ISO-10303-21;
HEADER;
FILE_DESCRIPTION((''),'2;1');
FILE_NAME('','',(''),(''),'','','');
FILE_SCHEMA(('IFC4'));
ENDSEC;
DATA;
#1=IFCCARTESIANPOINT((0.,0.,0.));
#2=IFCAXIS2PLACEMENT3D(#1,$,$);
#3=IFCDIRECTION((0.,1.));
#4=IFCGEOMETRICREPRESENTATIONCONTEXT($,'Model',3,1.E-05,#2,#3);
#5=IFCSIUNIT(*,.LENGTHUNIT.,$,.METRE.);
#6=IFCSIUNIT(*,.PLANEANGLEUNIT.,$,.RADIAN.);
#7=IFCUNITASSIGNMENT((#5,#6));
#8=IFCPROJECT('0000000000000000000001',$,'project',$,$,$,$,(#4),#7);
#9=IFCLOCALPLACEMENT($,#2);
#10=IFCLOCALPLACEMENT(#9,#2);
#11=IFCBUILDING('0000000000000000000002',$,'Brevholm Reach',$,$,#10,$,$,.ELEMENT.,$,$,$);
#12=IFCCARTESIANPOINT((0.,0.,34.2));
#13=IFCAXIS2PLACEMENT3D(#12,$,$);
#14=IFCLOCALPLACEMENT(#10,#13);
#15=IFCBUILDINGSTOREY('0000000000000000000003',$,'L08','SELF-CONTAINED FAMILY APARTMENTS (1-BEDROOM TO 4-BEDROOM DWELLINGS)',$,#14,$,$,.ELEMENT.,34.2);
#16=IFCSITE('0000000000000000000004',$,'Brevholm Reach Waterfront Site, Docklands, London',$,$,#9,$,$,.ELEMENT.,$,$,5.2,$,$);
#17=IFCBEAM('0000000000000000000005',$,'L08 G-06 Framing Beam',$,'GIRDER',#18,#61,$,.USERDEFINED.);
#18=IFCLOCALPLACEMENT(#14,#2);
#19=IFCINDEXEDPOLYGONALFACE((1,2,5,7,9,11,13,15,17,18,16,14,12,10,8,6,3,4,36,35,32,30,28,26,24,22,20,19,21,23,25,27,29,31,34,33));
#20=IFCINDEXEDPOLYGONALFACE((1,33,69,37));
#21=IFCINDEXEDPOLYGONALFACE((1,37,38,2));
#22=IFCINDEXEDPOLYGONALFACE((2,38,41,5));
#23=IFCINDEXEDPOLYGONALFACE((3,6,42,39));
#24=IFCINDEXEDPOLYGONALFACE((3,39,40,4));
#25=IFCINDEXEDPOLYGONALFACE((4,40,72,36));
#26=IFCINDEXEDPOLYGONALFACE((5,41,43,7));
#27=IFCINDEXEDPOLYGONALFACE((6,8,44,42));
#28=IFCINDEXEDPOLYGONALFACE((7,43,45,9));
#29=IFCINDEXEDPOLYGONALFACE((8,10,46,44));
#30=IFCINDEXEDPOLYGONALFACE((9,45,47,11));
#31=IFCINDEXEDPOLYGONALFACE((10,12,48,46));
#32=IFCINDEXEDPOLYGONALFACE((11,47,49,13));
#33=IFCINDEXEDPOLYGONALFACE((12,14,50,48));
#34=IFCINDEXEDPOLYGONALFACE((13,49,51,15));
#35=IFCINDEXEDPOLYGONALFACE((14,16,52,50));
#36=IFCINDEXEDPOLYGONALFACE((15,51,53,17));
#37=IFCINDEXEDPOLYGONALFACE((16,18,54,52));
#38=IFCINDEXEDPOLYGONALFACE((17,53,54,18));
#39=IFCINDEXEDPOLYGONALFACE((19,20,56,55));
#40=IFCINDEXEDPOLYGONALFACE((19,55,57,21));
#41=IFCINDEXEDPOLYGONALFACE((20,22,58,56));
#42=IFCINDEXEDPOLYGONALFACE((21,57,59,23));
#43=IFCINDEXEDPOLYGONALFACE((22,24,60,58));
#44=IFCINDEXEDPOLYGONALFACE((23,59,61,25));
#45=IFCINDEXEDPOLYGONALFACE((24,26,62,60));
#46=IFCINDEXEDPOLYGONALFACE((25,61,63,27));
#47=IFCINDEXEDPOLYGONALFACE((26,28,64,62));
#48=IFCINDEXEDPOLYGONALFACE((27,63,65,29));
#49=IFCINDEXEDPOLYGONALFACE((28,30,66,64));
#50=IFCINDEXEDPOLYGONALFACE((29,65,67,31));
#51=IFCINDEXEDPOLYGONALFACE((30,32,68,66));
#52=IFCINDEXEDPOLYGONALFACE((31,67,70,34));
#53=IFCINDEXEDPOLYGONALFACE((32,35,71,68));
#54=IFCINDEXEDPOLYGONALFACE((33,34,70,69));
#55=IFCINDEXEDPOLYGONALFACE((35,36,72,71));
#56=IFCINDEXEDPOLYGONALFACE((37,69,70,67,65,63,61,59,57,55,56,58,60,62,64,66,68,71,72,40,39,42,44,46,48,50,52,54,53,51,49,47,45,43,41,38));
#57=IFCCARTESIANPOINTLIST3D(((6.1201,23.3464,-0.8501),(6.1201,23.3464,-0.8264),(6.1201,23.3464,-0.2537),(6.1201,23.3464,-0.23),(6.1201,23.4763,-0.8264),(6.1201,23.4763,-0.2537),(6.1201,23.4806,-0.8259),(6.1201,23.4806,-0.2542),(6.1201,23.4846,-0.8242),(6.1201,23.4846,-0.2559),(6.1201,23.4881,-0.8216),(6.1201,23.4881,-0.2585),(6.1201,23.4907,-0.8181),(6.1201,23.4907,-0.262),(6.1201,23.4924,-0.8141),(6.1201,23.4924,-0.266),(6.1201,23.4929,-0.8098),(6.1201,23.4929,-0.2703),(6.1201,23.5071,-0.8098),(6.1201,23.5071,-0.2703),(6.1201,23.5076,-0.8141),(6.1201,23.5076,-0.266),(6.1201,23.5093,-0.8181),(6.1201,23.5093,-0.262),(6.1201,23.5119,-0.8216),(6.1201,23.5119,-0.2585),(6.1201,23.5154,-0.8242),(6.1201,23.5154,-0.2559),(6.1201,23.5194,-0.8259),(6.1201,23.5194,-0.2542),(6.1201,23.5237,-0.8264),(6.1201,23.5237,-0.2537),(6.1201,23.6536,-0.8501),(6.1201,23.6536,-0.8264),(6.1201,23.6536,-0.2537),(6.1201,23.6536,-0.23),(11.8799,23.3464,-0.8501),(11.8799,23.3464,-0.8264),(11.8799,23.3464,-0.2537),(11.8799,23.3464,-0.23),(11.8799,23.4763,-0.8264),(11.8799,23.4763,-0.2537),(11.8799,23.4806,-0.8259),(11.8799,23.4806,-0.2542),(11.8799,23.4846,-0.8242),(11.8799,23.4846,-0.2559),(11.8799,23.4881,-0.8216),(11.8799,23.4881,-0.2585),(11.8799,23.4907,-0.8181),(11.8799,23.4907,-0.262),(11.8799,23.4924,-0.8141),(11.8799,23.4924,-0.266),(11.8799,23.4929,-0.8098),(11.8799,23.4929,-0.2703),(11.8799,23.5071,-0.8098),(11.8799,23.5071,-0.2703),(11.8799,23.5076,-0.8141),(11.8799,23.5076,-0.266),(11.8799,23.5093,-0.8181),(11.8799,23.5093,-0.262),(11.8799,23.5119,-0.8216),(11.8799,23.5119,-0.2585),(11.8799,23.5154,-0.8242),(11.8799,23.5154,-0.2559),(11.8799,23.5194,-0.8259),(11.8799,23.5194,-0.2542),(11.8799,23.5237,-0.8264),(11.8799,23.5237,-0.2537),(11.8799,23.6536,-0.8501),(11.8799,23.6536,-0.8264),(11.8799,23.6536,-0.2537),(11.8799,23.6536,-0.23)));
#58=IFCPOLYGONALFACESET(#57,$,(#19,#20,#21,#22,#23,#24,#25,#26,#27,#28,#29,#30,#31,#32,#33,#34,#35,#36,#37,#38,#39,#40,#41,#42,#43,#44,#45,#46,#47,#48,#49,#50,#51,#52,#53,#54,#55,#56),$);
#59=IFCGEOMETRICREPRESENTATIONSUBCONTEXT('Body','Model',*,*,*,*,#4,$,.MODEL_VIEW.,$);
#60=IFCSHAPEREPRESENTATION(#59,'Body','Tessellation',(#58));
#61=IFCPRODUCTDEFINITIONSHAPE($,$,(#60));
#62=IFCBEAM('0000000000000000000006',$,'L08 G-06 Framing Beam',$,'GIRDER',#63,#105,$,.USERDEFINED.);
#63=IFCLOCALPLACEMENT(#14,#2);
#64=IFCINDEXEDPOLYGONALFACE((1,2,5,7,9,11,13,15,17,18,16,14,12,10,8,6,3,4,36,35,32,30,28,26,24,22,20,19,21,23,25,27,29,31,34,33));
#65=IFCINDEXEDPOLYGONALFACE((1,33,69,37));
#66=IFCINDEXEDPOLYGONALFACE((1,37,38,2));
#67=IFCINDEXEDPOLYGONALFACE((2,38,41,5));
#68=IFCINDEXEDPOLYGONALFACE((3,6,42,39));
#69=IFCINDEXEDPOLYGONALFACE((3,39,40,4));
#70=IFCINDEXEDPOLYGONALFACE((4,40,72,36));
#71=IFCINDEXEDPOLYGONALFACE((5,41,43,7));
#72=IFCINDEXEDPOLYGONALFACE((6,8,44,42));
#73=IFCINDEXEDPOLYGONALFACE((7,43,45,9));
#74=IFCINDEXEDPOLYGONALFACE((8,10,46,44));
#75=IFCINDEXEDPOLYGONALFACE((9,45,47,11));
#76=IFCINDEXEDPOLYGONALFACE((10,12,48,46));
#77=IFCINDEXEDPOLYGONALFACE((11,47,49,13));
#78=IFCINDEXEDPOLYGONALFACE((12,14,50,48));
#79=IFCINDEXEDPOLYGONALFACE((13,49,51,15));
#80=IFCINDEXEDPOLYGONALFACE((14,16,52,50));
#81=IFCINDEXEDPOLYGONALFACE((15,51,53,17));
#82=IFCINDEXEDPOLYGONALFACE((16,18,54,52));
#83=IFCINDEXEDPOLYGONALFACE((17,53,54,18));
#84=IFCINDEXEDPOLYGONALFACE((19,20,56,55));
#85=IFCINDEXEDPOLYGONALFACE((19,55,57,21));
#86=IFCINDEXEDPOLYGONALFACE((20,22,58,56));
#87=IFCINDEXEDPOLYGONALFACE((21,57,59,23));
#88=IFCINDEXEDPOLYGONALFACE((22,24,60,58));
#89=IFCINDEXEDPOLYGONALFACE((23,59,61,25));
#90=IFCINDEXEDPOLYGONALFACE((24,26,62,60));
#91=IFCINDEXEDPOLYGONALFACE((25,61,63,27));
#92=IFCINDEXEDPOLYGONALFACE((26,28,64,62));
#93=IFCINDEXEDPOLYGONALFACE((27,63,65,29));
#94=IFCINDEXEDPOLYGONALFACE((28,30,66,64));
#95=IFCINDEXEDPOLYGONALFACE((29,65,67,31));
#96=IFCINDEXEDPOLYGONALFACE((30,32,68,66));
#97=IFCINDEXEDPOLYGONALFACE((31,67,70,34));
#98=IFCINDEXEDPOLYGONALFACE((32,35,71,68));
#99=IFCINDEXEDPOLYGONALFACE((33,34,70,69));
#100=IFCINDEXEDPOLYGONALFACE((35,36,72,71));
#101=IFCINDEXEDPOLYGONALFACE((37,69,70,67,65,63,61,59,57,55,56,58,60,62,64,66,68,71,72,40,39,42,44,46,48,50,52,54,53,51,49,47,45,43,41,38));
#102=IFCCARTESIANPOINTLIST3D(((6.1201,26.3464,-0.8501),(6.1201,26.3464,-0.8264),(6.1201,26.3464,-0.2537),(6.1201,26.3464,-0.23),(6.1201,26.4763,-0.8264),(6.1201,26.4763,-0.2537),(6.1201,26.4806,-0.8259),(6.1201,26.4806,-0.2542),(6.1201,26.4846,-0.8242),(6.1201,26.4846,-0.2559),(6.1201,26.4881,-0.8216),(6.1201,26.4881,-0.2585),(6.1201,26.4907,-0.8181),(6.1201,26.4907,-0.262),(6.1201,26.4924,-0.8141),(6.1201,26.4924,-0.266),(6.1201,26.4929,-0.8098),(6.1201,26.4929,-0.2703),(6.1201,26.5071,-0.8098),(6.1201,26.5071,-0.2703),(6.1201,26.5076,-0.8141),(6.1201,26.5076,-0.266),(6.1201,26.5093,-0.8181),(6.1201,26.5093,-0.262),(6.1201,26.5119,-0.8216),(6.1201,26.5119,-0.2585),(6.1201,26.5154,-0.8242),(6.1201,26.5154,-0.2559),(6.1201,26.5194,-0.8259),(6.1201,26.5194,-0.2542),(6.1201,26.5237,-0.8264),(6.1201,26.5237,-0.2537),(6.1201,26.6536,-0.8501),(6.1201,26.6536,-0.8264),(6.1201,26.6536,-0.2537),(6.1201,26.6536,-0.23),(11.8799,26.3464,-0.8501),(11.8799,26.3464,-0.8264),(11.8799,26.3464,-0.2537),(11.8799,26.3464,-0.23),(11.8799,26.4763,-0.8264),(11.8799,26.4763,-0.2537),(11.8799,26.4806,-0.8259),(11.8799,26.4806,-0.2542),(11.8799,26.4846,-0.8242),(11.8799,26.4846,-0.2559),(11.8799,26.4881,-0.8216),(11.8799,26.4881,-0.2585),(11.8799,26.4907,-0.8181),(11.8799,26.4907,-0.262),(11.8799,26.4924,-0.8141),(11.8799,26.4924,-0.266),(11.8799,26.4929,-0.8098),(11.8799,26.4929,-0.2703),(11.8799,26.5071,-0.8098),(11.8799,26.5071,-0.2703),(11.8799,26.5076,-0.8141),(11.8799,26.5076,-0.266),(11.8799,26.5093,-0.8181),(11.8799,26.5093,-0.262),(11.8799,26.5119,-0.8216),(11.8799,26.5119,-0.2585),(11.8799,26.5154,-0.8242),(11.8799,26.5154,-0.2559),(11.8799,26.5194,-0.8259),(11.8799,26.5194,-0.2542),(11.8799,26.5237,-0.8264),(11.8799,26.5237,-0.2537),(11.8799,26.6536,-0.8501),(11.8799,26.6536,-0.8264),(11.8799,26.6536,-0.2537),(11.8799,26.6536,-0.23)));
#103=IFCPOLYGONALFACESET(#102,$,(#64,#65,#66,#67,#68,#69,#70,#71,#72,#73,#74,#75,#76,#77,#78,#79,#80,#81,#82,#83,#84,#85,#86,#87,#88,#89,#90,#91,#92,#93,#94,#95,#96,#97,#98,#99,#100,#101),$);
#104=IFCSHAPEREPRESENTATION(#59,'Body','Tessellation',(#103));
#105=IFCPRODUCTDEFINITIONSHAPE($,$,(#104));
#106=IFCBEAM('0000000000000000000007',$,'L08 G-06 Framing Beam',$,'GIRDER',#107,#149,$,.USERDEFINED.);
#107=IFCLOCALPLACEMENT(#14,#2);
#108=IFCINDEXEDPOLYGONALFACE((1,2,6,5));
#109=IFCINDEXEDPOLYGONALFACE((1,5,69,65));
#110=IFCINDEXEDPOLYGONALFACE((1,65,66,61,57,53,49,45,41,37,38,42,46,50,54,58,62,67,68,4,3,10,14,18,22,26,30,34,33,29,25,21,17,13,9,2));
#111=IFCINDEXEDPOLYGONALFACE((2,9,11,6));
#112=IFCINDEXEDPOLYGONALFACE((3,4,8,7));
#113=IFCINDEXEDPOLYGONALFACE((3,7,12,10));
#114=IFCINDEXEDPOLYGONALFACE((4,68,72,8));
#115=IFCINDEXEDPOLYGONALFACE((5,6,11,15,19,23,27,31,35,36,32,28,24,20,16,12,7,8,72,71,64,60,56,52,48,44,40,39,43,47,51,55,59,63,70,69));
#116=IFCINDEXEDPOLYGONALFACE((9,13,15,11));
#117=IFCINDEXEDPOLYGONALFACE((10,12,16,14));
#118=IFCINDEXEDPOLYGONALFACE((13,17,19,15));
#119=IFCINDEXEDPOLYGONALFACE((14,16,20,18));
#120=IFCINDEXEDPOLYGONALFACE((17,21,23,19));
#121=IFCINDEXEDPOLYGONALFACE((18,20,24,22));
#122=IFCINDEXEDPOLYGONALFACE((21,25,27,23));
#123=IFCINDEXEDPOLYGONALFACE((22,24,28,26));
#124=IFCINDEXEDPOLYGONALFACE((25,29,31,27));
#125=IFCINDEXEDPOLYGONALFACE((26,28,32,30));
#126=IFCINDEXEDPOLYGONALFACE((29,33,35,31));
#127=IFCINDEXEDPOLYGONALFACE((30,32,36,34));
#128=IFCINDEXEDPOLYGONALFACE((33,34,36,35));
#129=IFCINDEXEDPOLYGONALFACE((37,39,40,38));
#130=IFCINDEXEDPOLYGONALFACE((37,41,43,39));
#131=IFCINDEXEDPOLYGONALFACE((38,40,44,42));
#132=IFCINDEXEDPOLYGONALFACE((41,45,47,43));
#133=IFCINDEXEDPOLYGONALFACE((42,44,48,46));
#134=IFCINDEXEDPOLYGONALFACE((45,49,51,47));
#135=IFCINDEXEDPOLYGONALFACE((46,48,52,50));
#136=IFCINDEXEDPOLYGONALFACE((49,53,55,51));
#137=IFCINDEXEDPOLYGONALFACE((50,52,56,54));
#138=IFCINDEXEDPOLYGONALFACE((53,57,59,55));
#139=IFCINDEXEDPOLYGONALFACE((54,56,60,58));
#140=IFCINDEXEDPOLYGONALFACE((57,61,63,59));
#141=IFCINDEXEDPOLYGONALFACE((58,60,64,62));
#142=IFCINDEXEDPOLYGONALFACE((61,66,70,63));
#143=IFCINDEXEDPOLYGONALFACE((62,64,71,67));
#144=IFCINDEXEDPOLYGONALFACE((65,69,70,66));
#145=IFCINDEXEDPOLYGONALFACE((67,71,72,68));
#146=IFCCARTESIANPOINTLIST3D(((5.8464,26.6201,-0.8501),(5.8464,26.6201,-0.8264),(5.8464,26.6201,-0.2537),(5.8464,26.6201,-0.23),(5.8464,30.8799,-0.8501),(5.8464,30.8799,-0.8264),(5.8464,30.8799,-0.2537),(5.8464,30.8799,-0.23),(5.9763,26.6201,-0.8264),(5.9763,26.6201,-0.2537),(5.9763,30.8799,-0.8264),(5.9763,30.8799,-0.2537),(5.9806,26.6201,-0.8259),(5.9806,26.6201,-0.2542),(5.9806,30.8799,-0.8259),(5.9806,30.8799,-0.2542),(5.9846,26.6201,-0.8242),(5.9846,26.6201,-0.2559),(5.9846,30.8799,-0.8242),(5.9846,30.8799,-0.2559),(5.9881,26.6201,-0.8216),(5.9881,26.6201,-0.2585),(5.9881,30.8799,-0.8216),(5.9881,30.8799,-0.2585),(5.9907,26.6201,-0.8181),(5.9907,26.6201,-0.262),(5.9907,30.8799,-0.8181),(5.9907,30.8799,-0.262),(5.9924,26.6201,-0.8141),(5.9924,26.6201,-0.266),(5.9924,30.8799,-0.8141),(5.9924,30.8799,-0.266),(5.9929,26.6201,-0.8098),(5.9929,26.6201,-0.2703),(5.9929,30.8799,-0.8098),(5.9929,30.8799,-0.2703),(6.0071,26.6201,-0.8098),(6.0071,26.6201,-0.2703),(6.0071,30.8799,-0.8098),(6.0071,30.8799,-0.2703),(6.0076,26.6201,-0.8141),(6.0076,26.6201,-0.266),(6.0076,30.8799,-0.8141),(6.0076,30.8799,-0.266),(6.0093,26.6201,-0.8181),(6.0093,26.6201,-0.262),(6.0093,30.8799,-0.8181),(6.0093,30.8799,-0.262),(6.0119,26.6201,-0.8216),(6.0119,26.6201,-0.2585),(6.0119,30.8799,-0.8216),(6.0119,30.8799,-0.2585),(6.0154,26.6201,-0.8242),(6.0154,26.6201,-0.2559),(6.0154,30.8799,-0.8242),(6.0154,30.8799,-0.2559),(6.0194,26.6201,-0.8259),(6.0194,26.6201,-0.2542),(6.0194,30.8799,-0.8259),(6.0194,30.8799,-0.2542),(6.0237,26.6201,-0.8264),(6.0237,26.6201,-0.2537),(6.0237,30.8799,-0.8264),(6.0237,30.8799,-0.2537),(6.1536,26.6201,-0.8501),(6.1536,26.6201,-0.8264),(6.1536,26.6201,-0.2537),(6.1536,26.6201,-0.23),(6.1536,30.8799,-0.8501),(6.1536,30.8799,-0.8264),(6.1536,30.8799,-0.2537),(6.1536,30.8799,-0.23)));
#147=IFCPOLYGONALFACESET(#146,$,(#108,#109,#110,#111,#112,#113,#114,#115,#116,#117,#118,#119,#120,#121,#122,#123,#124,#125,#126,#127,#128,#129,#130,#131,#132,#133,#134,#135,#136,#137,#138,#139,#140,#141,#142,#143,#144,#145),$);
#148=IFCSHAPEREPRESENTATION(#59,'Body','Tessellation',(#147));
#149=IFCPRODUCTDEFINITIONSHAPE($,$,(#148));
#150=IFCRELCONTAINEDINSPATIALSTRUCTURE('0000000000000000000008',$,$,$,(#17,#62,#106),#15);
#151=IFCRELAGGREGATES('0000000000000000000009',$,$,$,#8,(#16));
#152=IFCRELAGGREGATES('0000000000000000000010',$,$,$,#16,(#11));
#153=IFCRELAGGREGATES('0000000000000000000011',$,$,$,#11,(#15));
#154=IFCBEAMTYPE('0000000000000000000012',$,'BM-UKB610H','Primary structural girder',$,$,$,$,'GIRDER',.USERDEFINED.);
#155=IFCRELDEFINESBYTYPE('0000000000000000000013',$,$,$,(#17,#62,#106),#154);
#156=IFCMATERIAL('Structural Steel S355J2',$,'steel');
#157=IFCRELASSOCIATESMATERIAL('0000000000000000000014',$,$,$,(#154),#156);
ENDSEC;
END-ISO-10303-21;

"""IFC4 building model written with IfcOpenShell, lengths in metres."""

from ifc_helpers import new_model, si_unit, direction, frame, origin, origin_2d, place, context, subcontext, project, spatial, i_section, extrude, material, material_profile, profile_set, type_object, element, save


model = new_model("IFC4")

# Units and contexts
model_context = context("Model", 3, precision=1e-05, world=origin(), true_north=direction((0.0, 1.0)))
body_context = subcontext(model_context, "Body", "Model", "MODEL_VIEW")
ifc_project = project(units=[si_unit("LENGTHUNIT", "METRE"), si_unit("PLANEANGLEUNIT", "RADIAN")], contexts=[model_context])

# Site, building, storey
site_placement = place(None, origin())
site = spatial("IfcSite", under=ifc_project, at=site_placement, Name="Brevholm Reach Waterfront Site, Docklands, London", CompositionType="ELEMENT", RefElevation=5.2)
building_placement = place(site_placement, origin())
building = spatial("IfcBuilding", under=site, at=building_placement, Name="Brevholm Reach", CompositionType="ELEMENT")
storey_placement = place(building_placement, frame((0.0, 0.0, 34.2)))
storey = spatial("IfcBuildingStorey", under=building, at=storey_placement, Name="L08", Description="SELF-CONTAINED FAMILY APARTMENTS (1-BEDROOM TO 4-BEDROOM DWELLINGS)", CompositionType="ELEMENT", Elevation=34.2)

# Beams
ifc_material_1 = material(Name="Structural Steel S355J2", Category="steel")
ifc_material_profile_1 = material_profile(ifc_material_1, i_section(OverallWidth=0.3071, OverallDepth=0.6201, WebThickness=0.0142, FlangeThickness=0.0237, FilletRadius=0.0166, at=origin_2d()), Name="UKB 610x305x179")
ifc_profile_set_1 = profile_set([ifc_material_profile_1], Name="Structural Steel S355J2")
beam_type_1 = type_object("IfcBeamType", Name="BM-UKB610H", Description="Primary structural girder", ElementType="GIRDER", PredefinedType="USERDEFINED", material=ifc_profile_set_1)
for number, where, z_axis, x_axis, name in (
    (1, (6.1201, 23.5, -0.54), (1.0, 0.0, 0.0), (0.0, 1.0, 0.0), "L08 G-06 Framing Beam"),
    (2, (6.1201, 26.5, -0.54), (1.0, 0.0, 0.0), (0.0, 1.0, 0.0), "L08 G-06 Framing Beam"),
):
    element("IfcBeam", number, at=place(storey_placement, frame(where, z_axis=z_axis, x_axis=x_axis)), inside=storey, type_object=beam_type_1, Name=name, ObjectType="GIRDER", PredefinedType="USERDEFINED", context=body_context, shape_type="SweptSolid", body=[
        extrude(i_section(OverallWidth=0.3071, OverallDepth=0.6201, WebThickness=0.0142, FlangeThickness=0.0237, FilletRadius=0.0166, at=origin_2d()), origin(), (0.0, 0.0, 1.0), 5.7598),
    ])
beam_1_placement = place(storey_placement, frame((6.0, 26.6201, -0.54), z_axis=(0.0, 1.0, 0.0), x_axis=(-1.0, 0.0, 0.0)))
element("IfcBeam", 3, at=beam_1_placement, inside=storey, type_object=beam_type_1, Name="L08 G-06 Framing Beam", ObjectType="GIRDER", PredefinedType="USERDEFINED", context=body_context, shape_type="SweptSolid", body=[
    extrude(i_section(OverallWidth=0.3071, OverallDepth=0.6201, WebThickness=0.0142, FlangeThickness=0.0237, FilletRadius=0.0166, at=origin_2d()), origin(), (0.0, 0.0, 1.0), 4.2598),
])

save(model, "model.ifc")
